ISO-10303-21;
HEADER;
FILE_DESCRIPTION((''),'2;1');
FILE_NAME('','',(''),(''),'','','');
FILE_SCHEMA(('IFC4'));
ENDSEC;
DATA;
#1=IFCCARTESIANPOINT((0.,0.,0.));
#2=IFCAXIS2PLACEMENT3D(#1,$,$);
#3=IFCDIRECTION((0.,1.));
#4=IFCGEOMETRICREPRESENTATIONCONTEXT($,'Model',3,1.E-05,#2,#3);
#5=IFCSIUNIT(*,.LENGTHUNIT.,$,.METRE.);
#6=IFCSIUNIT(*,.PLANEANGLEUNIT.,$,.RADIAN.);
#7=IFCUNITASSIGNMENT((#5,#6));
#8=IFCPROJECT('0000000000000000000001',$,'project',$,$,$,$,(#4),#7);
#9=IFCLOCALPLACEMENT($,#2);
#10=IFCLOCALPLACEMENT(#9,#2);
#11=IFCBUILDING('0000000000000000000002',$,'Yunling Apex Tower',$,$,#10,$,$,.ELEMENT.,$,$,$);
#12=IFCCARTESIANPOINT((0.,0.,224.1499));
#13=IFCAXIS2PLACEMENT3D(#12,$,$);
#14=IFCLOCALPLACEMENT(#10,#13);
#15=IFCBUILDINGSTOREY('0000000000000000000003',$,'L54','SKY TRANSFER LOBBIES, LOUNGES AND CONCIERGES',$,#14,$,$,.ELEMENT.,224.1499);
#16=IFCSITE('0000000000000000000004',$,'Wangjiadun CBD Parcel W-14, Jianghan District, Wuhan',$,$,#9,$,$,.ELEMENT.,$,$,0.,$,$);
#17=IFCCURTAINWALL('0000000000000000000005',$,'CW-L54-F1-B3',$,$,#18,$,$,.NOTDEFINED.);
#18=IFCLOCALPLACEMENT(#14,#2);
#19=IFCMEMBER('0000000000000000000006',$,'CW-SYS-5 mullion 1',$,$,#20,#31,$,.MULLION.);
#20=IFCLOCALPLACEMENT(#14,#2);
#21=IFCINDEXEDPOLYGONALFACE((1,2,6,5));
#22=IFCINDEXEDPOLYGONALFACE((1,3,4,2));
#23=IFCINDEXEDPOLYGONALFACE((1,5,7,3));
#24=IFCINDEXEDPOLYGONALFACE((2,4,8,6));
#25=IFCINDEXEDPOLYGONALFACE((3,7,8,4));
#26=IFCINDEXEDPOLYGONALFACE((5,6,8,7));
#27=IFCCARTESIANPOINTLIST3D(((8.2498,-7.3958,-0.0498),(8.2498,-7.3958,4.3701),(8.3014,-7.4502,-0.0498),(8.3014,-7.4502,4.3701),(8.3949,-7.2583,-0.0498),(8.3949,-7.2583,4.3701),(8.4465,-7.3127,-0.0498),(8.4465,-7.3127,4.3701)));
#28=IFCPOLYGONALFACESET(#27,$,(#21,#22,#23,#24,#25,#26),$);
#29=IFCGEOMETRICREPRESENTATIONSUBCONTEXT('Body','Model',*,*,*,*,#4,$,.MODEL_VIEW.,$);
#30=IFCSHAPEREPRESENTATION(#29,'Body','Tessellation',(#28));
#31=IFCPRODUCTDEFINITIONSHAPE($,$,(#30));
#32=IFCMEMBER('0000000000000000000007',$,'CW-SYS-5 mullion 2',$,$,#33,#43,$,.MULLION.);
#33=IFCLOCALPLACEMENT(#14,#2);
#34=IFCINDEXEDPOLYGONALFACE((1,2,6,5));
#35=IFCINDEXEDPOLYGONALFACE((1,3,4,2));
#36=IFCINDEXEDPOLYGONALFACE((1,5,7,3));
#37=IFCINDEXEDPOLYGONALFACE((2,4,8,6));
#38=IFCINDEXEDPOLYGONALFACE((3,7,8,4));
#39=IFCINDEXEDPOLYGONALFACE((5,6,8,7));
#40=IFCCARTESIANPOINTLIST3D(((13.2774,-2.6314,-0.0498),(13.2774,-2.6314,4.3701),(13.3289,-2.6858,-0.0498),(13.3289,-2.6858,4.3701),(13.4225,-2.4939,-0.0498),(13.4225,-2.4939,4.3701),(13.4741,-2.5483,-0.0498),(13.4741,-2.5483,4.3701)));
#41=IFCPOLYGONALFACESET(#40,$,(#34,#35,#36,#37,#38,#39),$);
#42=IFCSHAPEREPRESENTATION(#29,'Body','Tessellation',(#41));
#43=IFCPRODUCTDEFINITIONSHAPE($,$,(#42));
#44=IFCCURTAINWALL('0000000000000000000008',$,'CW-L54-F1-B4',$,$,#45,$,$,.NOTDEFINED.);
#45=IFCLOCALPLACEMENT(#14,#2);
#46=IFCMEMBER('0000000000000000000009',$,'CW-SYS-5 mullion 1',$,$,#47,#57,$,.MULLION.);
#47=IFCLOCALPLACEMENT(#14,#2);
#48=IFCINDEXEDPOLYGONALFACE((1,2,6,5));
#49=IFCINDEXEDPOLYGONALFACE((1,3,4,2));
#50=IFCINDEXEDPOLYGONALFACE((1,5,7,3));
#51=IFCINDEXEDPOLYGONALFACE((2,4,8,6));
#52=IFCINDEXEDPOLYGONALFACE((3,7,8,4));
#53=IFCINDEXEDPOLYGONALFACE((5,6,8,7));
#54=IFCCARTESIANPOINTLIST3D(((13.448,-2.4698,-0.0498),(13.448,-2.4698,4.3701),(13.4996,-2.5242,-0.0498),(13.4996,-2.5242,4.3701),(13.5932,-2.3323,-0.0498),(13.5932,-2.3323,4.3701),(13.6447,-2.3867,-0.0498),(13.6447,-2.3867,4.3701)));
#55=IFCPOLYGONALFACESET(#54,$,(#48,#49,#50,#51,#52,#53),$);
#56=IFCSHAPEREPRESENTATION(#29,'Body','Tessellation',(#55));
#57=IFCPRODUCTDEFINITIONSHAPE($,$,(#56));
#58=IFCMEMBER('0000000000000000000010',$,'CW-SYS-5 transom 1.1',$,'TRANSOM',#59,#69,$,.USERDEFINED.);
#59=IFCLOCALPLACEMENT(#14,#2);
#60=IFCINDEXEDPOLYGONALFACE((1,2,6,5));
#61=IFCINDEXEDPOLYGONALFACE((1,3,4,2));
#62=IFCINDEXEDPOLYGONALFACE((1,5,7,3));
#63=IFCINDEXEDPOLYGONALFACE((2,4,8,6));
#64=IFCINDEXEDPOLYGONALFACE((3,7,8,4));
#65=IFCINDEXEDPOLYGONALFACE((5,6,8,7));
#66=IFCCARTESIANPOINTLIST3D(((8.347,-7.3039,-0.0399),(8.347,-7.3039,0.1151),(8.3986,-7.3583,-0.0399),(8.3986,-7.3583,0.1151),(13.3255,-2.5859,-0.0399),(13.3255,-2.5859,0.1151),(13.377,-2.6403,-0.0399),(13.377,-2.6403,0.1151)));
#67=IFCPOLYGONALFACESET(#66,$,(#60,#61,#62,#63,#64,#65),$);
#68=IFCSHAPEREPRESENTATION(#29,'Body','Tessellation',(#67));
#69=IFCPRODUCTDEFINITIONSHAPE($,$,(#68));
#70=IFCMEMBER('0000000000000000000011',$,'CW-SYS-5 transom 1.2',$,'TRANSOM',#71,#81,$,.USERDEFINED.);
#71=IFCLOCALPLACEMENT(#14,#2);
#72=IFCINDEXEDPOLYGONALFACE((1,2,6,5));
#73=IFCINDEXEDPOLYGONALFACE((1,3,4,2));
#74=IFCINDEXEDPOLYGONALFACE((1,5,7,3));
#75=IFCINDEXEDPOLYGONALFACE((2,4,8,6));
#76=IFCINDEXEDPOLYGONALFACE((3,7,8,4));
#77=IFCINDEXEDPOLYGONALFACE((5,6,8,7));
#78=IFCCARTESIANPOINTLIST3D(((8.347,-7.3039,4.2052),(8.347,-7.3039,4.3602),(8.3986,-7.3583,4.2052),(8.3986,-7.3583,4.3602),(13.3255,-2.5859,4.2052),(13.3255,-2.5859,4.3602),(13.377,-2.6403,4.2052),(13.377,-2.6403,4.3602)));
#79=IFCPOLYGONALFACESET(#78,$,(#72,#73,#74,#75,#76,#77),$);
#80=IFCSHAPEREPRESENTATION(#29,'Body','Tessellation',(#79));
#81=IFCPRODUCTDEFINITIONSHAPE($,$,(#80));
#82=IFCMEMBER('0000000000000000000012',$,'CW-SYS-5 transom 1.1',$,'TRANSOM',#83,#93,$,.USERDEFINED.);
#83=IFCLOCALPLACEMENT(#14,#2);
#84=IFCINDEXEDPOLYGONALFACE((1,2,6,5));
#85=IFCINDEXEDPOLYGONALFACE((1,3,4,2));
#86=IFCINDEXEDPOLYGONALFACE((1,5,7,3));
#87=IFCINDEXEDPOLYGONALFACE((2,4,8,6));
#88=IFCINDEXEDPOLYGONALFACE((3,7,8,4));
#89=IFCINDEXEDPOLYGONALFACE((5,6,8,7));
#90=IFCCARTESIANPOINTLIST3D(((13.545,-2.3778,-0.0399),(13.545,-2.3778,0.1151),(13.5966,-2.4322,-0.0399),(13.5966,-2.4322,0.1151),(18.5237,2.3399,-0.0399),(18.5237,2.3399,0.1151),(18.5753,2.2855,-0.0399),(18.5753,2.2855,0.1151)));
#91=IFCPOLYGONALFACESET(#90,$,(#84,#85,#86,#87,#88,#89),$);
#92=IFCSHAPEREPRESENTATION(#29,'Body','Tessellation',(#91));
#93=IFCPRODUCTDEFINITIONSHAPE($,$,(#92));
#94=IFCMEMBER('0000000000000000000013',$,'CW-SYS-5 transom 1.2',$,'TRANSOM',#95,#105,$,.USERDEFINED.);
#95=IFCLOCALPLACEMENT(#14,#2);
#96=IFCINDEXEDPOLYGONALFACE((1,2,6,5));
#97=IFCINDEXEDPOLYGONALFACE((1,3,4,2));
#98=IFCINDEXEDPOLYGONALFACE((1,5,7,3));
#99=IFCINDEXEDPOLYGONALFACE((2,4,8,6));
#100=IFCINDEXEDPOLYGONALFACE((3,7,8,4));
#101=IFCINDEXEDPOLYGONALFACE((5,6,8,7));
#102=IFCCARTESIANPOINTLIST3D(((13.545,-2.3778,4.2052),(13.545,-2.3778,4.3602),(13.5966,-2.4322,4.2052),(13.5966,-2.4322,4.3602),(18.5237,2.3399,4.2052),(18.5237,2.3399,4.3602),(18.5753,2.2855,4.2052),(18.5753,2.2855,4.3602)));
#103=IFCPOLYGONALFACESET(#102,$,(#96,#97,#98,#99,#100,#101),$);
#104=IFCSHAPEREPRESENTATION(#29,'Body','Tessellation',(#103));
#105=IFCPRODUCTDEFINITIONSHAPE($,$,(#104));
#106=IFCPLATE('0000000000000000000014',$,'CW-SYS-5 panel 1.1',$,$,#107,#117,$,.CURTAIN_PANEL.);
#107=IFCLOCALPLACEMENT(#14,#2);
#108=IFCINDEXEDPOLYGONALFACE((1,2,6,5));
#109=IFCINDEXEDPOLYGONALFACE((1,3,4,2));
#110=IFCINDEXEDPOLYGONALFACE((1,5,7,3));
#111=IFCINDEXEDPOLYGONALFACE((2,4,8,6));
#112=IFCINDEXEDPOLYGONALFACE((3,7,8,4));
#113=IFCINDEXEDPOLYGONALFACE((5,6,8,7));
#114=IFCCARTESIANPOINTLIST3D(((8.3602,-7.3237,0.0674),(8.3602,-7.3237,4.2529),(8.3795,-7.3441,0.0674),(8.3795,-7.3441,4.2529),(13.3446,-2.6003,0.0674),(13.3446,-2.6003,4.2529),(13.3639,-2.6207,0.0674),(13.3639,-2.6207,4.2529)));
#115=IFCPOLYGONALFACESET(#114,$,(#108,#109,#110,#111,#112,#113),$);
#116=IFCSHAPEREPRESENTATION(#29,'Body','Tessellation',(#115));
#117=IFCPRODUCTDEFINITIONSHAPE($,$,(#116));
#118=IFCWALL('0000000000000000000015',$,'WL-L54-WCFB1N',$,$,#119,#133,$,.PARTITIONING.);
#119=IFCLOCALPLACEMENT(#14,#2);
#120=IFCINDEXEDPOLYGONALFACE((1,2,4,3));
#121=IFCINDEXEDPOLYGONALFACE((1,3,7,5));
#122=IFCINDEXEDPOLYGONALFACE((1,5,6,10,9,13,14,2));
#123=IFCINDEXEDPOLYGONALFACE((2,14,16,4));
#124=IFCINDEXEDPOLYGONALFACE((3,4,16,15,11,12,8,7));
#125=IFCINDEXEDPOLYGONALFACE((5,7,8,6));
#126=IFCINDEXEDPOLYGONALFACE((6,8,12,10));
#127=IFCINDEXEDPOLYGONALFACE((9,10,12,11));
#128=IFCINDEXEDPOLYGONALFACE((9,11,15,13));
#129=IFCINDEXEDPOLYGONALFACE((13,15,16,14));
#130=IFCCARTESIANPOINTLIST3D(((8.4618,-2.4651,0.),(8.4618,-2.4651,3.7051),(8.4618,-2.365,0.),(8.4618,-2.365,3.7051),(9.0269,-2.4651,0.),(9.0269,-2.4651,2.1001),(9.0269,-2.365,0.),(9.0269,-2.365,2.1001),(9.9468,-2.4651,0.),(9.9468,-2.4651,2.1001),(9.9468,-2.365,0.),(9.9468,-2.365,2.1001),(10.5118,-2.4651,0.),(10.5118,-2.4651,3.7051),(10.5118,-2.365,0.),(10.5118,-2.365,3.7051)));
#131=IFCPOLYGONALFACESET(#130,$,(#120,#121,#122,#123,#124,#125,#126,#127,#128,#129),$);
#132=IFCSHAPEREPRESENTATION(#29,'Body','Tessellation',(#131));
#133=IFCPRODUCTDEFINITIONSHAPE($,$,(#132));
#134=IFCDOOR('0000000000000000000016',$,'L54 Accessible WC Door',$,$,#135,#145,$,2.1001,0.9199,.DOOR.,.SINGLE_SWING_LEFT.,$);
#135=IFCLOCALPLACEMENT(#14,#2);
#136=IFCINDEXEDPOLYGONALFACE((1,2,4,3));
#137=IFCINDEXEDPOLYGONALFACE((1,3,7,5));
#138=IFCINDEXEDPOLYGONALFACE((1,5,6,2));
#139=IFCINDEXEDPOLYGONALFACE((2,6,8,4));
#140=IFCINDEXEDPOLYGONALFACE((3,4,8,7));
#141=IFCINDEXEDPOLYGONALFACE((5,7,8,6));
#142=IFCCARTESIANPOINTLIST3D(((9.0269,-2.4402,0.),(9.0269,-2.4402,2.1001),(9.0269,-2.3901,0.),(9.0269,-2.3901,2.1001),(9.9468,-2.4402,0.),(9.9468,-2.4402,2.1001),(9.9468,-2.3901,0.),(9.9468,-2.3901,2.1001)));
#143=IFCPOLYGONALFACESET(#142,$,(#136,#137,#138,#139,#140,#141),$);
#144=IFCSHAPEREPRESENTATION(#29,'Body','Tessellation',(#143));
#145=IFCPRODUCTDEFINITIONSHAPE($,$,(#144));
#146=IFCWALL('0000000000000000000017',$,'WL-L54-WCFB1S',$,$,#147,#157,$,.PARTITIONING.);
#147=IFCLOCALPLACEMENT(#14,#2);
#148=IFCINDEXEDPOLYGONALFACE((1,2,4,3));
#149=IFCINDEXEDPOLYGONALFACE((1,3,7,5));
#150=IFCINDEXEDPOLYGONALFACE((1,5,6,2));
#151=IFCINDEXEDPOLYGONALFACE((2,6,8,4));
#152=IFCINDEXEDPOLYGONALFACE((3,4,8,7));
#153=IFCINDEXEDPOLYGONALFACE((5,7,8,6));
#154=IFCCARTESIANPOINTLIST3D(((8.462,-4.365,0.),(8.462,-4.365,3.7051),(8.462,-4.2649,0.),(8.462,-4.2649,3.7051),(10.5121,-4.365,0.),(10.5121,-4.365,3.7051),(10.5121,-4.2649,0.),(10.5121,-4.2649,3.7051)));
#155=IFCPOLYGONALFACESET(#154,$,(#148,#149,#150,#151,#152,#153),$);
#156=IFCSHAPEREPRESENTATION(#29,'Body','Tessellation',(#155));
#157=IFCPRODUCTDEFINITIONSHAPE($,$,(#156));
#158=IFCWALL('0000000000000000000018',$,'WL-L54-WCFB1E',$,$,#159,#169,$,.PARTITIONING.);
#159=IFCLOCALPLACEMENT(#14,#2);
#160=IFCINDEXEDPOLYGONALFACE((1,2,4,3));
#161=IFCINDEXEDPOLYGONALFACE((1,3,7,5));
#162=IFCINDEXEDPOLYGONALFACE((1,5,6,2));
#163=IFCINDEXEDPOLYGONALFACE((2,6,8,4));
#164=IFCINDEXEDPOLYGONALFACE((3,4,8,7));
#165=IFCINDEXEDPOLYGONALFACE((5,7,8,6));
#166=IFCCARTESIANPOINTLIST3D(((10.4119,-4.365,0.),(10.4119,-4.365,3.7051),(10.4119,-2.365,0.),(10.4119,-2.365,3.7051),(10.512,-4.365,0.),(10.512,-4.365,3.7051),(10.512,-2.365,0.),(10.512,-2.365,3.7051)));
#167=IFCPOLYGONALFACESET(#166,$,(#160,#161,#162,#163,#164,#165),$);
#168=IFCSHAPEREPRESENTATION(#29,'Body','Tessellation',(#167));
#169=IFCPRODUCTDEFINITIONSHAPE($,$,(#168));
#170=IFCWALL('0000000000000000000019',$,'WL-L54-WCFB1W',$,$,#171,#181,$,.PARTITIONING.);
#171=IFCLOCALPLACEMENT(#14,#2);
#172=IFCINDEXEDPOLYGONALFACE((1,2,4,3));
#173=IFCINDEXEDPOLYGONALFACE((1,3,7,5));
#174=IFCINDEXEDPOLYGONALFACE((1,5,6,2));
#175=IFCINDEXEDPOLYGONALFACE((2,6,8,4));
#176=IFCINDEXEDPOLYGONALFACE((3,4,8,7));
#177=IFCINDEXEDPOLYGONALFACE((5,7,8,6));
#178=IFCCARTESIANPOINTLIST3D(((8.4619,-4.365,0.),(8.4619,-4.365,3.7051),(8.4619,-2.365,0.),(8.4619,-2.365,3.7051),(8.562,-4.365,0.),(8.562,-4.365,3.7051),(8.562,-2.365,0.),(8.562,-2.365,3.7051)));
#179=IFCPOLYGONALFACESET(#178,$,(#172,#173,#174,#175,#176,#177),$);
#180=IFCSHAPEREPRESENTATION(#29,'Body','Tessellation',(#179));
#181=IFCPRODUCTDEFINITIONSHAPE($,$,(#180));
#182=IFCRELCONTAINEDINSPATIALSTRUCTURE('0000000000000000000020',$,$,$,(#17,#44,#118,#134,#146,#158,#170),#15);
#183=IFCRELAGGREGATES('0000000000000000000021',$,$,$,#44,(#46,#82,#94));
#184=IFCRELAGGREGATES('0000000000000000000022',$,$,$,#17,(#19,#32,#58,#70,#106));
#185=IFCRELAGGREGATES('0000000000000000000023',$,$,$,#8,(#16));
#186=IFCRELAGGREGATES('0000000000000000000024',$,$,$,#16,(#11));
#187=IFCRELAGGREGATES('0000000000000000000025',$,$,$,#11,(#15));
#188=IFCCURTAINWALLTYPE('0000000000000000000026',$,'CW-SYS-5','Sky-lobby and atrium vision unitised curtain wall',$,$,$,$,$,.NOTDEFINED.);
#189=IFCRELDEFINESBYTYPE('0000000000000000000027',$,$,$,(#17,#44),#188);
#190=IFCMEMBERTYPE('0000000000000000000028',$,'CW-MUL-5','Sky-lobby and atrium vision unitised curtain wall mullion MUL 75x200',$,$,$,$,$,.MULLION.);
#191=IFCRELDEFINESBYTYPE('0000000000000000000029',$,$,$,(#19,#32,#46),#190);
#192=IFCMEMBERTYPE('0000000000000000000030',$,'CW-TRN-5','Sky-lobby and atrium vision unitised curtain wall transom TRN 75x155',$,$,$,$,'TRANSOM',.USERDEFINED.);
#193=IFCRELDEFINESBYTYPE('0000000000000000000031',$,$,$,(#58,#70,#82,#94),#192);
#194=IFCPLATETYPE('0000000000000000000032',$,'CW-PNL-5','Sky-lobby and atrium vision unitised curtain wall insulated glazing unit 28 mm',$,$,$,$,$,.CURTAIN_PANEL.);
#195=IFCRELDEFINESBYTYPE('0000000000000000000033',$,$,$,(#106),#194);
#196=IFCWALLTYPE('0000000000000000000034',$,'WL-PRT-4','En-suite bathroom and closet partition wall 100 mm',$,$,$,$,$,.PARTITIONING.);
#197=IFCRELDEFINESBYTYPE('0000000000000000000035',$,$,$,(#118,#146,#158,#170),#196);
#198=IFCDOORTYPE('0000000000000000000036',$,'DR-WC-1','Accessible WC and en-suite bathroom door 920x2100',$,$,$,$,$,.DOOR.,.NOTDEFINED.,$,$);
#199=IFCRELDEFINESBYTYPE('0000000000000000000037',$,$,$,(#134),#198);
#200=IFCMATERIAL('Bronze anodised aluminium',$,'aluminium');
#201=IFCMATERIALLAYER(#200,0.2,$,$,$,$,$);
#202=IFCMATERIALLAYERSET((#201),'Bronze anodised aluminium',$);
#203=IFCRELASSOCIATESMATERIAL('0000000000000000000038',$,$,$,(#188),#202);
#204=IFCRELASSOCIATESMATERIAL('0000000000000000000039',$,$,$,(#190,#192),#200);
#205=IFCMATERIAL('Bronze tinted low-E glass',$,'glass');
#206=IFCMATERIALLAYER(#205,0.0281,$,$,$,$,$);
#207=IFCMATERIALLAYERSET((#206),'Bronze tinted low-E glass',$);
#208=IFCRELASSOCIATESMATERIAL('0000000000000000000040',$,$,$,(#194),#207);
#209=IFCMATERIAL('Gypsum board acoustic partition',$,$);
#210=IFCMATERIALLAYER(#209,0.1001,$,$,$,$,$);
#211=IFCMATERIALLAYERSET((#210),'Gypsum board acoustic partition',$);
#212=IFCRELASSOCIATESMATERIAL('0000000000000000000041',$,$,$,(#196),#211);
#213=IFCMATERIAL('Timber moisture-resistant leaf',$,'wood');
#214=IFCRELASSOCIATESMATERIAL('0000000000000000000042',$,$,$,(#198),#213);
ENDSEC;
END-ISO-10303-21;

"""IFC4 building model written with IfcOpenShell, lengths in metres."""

from ifc_helpers import new_model, si_unit, direction, frame, frame_2d, origin, origin_2d, place, context, subcontext, project, spatial, rectangle, extrude, source, transform, mapped, material, layer, layer_set, material_profile, profile_set, type_object, element, fill, aggregate, save


model = new_model("IFC4")

# Units and contexts
model_context = context("Model", 3, precision=1e-05, world=origin(), true_north=direction((0.0, 1.0)))
body_context = subcontext(model_context, "Body", "Model", "MODEL_VIEW")
ifc_project = project(units=[si_unit("LENGTHUNIT", "METRE"), si_unit("PLANEANGLEUNIT", "RADIAN")], contexts=[model_context])

# Site, building, storey
site_placement = place(None, origin())
site = spatial("IfcSite", under=ifc_project, at=site_placement, Name="Wangjiadun CBD Parcel W-14, Jianghan District, Wuhan", CompositionType="ELEMENT", RefElevation=0.0)
building_placement = place(site_placement, origin())
building = spatial("IfcBuilding", under=site, at=building_placement, Name="Yunling Apex Tower", CompositionType="ELEMENT")
storey_placement = place(building_placement, frame((0.0, 0.0, 224.1499)))
storey = spatial("IfcBuildingStorey", under=building, at=storey_placement, Name="L54", Description="SKY TRANSFER LOBBIES, LOUNGES AND CONCIERGES", CompositionType="ELEMENT", Elevation=224.1499)

# Curtain wall, members
ifc_material_1 = material(Name="Bronze anodised aluminium", Category="aluminium")
ifc_layer_1 = layer(ifc_material_1, 0.2)
ifc_layer_set_1 = layer_set([ifc_layer_1], Name="Bronze anodised aluminium")
curtain_wall_type = type_object("IfcCurtainWallType", Name="CW-SYS-5", Description="Sky-lobby and atrium vision unitised curtain wall", PredefinedType="NOTDEFINED", material=ifc_layer_set_1)
curtain_wall_1_placement = place(storey_placement, origin())
curtain_wall_1 = element("IfcCurtainWall", 1, at=curtain_wall_1_placement, inside=storey, type_object=curtain_wall_type, Name="CW-L54-F1-B3", PredefinedType="NOTDEFINED")
ifc_material_profile_1 = material_profile(ifc_material_1, rectangle(XDim=0.075, YDim=0.2, at=origin_2d()))
ifc_profile_set_1 = profile_set([ifc_material_profile_1], Name="Bronze anodised aluminium")
member_type_1 = type_object("IfcMemberType", Name="CW-MUL-5", Description="Sky-lobby and atrium vision unitised curtain wall mullion MUL 75x200", PredefinedType="MULLION", material=ifc_profile_set_1)
shared_shape_1 = source(origin(), body_context, "Body", "SweptSolid", [
    extrude(rectangle(XDim=0.075, YDim=0.2, at=origin_2d()), origin(), (0.0, 0.0, 1.0), 4.4199),
])
member_1_placement = place(storey_placement, frame((8.3481, -7.3542, -0.0498), z_axis=(0.0, 0.0, 1.0), x_axis=(-0.687848, 0.725855, 0.0)))
member_1 = element("IfcMember", 2, at=member_1_placement, type_object=member_type_1, Name="CW-SYS-5 mullion 1", PredefinedType="MULLION", context=body_context, shape_type="MappedRepresentation", body=[
    mapped(shared_shape_1, transform((0.0, 0.0, 0.0), scale=1.0)),
])
member_2_placement = place(storey_placement, frame((13.3757, -2.5898, -0.0498), z_axis=(0.0, 0.0, 1.0), x_axis=(-0.687848, 0.725855, 0.0)))
member_2 = element("IfcMember", 3, at=member_2_placement, type_object=member_type_1, Name="CW-SYS-5 mullion 2", PredefinedType="MULLION", context=body_context, shape_type="MappedRepresentation", body=[
    mapped(shared_shape_1, transform((0.0, 0.0, 0.0), scale=1.0)),
])

# Curtain wall, member
curtain_wall_2_placement = place(storey_placement, origin())
curtain_wall_2 = element("IfcCurtainWall", 4, at=curtain_wall_2_placement, inside=storey, type_object=curtain_wall_type, Name="CW-L54-F1-B4", PredefinedType="NOTDEFINED")
member_3_placement = place(storey_placement, frame((13.5464, -2.4282, -0.0498), z_axis=(0.0, 0.0, 1.0), x_axis=(-0.687848, 0.725855, 0.0)))
member_3 = element("IfcMember", 5, at=member_3_placement, type_object=member_type_1, Name="CW-SYS-5 mullion 1", PredefinedType="MULLION", context=body_context, shape_type="MappedRepresentation", body=[
    mapped(shared_shape_1, transform((0.0, 0.0, 0.0), scale=1.0)),
])

# Members
ifc_material_profile_2 = material_profile(ifc_material_1, rectangle(XDim=0.075, YDim=0.155, at=origin_2d()))
ifc_profile_set_2 = profile_set([ifc_material_profile_2], Name="Bronze anodised aluminium")
member_type_2 = type_object("IfcMemberType", Name="CW-TRN-5", Description="Sky-lobby and atrium vision unitised curtain wall transom TRN 75x155", ElementType="TRANSOM", PredefinedType="USERDEFINED", material=ifc_profile_set_2)
shared_shape_2 = source(origin(), body_context, "Body", "SweptSolid", [
    extrude(rectangle(XDim=0.075, YDim=0.155, at=origin_2d()), origin(), (0.0, 0.0, 1.0), 6.8589),
])
member_4_placement = place(storey_placement, frame((8.3728, -7.3311, 0.0376), z_axis=(0.725841, 0.687862, 0.0), x_axis=(-0.687862, 0.725841, 0.0)))
member_4 = element("IfcMember", 6, at=member_4_placement, type_object=member_type_2, Name="CW-SYS-5 transom 1.1", ObjectType="TRANSOM", PredefinedType="USERDEFINED", context=body_context, shape_type="MappedRepresentation", body=[
    mapped(shared_shape_2, transform((0.0, 0.0, 0.0), scale=1.0)),
])
member_5_placement = place(storey_placement, frame((8.3728, -7.3311, 4.2827), z_axis=(0.725841, 0.687862, 0.0), x_axis=(-0.687862, 0.725841, 0.0)))
member_5 = element("IfcMember", 7, at=member_5_placement, type_object=member_type_2, Name="CW-SYS-5 transom 1.2", ObjectType="TRANSOM", PredefinedType="USERDEFINED", context=body_context, shape_type="MappedRepresentation", body=[
    mapped(shared_shape_2, transform((0.0, 0.0, 0.0), scale=1.0)),
])
member_6_placement = place(storey_placement, frame((13.5708, -2.405, 0.0376), z_axis=(0.725876, 0.687826, 0.0), x_axis=(-0.687826, 0.725876, 0.0)))
member_6 = element("IfcMember", 8, at=member_6_placement, type_object=member_type_2, Name="CW-SYS-5 transom 1.1", ObjectType="TRANSOM", PredefinedType="USERDEFINED", context=body_context, shape_type="MappedRepresentation", body=[
    mapped(shared_shape_2, transform((0.0, 0.0, 0.0), scale=1.0)),
])
member_7_placement = place(storey_placement, frame((13.5708, -2.405, 4.2827), z_axis=(0.725876, 0.687826, 0.0), x_axis=(-0.687826, 0.725876, 0.0)))
member_7 = element("IfcMember", 9, at=member_7_placement, type_object=member_type_2, Name="CW-SYS-5 transom 1.2", ObjectType="TRANSOM", PredefinedType="USERDEFINED", context=body_context, shape_type="MappedRepresentation", body=[
    mapped(shared_shape_2, transform((0.0, 0.0, 0.0), scale=1.0)),
])
aggregate(curtain_wall_2, [member_3, member_6, member_7])

# Plate
ifc_material_2 = material(Name="Bronze tinted low-E glass", Category="glass")
ifc_layer_2 = layer(ifc_material_2, 0.0281)
ifc_layer_set_2 = layer_set([ifc_layer_2], Name="Bronze tinted low-E glass")
plate_type = type_object("IfcPlateType", Name="CW-PNL-5", Description="Sky-lobby and atrium vision unitised curtain wall insulated glazing unit 28 mm", PredefinedType="CURTAIN_PANEL", material=ifc_layer_set_2)
shared_shape_3 = source(origin(), body_context, "Body", "SweptSolid", [
    extrude(rectangle(XDim=6.8669, YDim=0.0281, at=origin_2d()), origin(), (0.0, 0.0, 1.0), 4.1855),
])
plate_placement = place(storey_placement, frame((10.8621, -4.9722, 0.0674), z_axis=(0.0, 0.0, 1.0), x_axis=(0.725855, 0.687848, 0.0)))
plate = element("IfcPlate", 10, at=plate_placement, type_object=plate_type, Name="CW-SYS-5 panel 1.1", PredefinedType="CURTAIN_PANEL", context=body_context, shape_type="MappedRepresentation", body=[
    mapped(shared_shape_3, transform((0.0, 0.0, 0.0), scale=1.0)),
])
aggregate(curtain_wall_1, [member_1, member_2, member_4, member_5, plate])

# Wall, opening, door
ifc_material_3 = material(Name="Gypsum board acoustic partition")
ifc_layer_3 = layer(ifc_material_3, 0.1001)
ifc_layer_set_3 = layer_set([ifc_layer_3], Name="Gypsum board acoustic partition")
wall_type = type_object("IfcWallType", Name="WL-PRT-4", Description="En-suite bathroom and closet partition wall 100 mm", PredefinedType="PARTITIONING", material=ifc_layer_set_3)
wall_1_placement = place(storey_placement, frame((8.4619, -2.415, 0.0), z_axis=(0.0, 0.0, 1.0), x_axis=(1.0, 0.0, 0.0)))
wall_1 = element("IfcWall", 11, at=wall_1_placement, inside=storey, type_object=wall_type, Name="WL-L54-WCFB1N", PredefinedType="PARTITIONING", context=body_context, shape_type="SweptSolid", body=[
    extrude(rectangle(XDim=2.05, YDim=0.1001, at=frame_2d((1.0249, 0.0))), origin(), (0.0, 0.0, 1.0), 3.7051),
])
opening_placement = place(wall_1_placement, frame((0.5649, 0.0, 0.0)))
opening = element("IfcOpeningElement", 12, at=opening_placement, cuts=wall_1, PredefinedType="OPENING", context=body_context, shape_type="SweptSolid", body=[
    extrude(rectangle(XDim=0.9199, YDim=2.1001, at=frame_2d((0.46, 1.05))), frame((0.0, 0.0601, 0.0), z_axis=(0.0, -1.0, 0.0), x_axis=(1.0, 0.0, 0.0)), (0.0, 0.0, 1.0), 0.1201),
])
ifc_material_4 = material(Name="Timber moisture-resistant leaf", Category="wood")
door_type = type_object("IfcDoorType", Name="DR-WC-1", Description="Accessible WC and en-suite bathroom door 920x2100", OperationType="NOTDEFINED", PredefinedType="DOOR", material=ifc_material_4)
door_placement = place(opening_placement, origin())
door = element("IfcDoor", 13, at=door_placement, inside=storey, type_object=door_type, Name="L54 Accessible WC Door", OperationType="SINGLE_SWING_LEFT", OverallHeight=2.1001, OverallWidth=0.9199, PredefinedType="DOOR", context=body_context, shape_type="SweptSolid", body=[
    extrude(rectangle(XDim=0.9199, YDim=2.1001, at=frame_2d((0.46, 1.05))), frame((0.0, 0.0249, 0.0), z_axis=(0.0, -1.0, 0.0), x_axis=(1.0, 0.0, 0.0)), (0.0, 0.0, 1.0), 0.05),
])
fill(opening, door)

# Walls
wall_2_placement = place(storey_placement, frame((10.512, -4.3149, 0.0), z_axis=(0.0, 0.0, 1.0), x_axis=(-1.0, 0.0, 0.0)))
element("IfcWall", 14, at=wall_2_placement, inside=storey, type_object=wall_type, Name="WL-L54-WCFB1S", PredefinedType="PARTITIONING", context=body_context, shape_type="SweptSolid", body=[
    extrude(rectangle(XDim=2.05, YDim=0.1001, at=frame_2d((1.0249, 0.0))), origin(), (0.0, 0.0, 1.0), 3.7051),
])
for number, where, z_axis, x_axis, name in (
    (15, (10.4619, -2.365, 0.0), (0.0, 0.0, 1.0), (0.0, -1.0, 0.0), "WL-L54-WCFB1E"),
    (16, (8.512, -4.365, 0.0), (0.0, 0.0, 1.0), (0.0, 1.0, 0.0), "WL-L54-WCFB1W"),
):
    element("IfcWall", number, at=place(storey_placement, frame(where, z_axis=z_axis, x_axis=x_axis)), inside=storey, type_object=wall_type, Name=name, PredefinedType="PARTITIONING", context=body_context, shape_type="SweptSolid", body=[
        extrude(rectangle(XDim=2.0, YDim=0.1001, at=frame_2d((1.0, 0.0))), origin(), (0.0, 0.0, 1.0), 3.7051),
    ])

save(model, "model.ifc")
